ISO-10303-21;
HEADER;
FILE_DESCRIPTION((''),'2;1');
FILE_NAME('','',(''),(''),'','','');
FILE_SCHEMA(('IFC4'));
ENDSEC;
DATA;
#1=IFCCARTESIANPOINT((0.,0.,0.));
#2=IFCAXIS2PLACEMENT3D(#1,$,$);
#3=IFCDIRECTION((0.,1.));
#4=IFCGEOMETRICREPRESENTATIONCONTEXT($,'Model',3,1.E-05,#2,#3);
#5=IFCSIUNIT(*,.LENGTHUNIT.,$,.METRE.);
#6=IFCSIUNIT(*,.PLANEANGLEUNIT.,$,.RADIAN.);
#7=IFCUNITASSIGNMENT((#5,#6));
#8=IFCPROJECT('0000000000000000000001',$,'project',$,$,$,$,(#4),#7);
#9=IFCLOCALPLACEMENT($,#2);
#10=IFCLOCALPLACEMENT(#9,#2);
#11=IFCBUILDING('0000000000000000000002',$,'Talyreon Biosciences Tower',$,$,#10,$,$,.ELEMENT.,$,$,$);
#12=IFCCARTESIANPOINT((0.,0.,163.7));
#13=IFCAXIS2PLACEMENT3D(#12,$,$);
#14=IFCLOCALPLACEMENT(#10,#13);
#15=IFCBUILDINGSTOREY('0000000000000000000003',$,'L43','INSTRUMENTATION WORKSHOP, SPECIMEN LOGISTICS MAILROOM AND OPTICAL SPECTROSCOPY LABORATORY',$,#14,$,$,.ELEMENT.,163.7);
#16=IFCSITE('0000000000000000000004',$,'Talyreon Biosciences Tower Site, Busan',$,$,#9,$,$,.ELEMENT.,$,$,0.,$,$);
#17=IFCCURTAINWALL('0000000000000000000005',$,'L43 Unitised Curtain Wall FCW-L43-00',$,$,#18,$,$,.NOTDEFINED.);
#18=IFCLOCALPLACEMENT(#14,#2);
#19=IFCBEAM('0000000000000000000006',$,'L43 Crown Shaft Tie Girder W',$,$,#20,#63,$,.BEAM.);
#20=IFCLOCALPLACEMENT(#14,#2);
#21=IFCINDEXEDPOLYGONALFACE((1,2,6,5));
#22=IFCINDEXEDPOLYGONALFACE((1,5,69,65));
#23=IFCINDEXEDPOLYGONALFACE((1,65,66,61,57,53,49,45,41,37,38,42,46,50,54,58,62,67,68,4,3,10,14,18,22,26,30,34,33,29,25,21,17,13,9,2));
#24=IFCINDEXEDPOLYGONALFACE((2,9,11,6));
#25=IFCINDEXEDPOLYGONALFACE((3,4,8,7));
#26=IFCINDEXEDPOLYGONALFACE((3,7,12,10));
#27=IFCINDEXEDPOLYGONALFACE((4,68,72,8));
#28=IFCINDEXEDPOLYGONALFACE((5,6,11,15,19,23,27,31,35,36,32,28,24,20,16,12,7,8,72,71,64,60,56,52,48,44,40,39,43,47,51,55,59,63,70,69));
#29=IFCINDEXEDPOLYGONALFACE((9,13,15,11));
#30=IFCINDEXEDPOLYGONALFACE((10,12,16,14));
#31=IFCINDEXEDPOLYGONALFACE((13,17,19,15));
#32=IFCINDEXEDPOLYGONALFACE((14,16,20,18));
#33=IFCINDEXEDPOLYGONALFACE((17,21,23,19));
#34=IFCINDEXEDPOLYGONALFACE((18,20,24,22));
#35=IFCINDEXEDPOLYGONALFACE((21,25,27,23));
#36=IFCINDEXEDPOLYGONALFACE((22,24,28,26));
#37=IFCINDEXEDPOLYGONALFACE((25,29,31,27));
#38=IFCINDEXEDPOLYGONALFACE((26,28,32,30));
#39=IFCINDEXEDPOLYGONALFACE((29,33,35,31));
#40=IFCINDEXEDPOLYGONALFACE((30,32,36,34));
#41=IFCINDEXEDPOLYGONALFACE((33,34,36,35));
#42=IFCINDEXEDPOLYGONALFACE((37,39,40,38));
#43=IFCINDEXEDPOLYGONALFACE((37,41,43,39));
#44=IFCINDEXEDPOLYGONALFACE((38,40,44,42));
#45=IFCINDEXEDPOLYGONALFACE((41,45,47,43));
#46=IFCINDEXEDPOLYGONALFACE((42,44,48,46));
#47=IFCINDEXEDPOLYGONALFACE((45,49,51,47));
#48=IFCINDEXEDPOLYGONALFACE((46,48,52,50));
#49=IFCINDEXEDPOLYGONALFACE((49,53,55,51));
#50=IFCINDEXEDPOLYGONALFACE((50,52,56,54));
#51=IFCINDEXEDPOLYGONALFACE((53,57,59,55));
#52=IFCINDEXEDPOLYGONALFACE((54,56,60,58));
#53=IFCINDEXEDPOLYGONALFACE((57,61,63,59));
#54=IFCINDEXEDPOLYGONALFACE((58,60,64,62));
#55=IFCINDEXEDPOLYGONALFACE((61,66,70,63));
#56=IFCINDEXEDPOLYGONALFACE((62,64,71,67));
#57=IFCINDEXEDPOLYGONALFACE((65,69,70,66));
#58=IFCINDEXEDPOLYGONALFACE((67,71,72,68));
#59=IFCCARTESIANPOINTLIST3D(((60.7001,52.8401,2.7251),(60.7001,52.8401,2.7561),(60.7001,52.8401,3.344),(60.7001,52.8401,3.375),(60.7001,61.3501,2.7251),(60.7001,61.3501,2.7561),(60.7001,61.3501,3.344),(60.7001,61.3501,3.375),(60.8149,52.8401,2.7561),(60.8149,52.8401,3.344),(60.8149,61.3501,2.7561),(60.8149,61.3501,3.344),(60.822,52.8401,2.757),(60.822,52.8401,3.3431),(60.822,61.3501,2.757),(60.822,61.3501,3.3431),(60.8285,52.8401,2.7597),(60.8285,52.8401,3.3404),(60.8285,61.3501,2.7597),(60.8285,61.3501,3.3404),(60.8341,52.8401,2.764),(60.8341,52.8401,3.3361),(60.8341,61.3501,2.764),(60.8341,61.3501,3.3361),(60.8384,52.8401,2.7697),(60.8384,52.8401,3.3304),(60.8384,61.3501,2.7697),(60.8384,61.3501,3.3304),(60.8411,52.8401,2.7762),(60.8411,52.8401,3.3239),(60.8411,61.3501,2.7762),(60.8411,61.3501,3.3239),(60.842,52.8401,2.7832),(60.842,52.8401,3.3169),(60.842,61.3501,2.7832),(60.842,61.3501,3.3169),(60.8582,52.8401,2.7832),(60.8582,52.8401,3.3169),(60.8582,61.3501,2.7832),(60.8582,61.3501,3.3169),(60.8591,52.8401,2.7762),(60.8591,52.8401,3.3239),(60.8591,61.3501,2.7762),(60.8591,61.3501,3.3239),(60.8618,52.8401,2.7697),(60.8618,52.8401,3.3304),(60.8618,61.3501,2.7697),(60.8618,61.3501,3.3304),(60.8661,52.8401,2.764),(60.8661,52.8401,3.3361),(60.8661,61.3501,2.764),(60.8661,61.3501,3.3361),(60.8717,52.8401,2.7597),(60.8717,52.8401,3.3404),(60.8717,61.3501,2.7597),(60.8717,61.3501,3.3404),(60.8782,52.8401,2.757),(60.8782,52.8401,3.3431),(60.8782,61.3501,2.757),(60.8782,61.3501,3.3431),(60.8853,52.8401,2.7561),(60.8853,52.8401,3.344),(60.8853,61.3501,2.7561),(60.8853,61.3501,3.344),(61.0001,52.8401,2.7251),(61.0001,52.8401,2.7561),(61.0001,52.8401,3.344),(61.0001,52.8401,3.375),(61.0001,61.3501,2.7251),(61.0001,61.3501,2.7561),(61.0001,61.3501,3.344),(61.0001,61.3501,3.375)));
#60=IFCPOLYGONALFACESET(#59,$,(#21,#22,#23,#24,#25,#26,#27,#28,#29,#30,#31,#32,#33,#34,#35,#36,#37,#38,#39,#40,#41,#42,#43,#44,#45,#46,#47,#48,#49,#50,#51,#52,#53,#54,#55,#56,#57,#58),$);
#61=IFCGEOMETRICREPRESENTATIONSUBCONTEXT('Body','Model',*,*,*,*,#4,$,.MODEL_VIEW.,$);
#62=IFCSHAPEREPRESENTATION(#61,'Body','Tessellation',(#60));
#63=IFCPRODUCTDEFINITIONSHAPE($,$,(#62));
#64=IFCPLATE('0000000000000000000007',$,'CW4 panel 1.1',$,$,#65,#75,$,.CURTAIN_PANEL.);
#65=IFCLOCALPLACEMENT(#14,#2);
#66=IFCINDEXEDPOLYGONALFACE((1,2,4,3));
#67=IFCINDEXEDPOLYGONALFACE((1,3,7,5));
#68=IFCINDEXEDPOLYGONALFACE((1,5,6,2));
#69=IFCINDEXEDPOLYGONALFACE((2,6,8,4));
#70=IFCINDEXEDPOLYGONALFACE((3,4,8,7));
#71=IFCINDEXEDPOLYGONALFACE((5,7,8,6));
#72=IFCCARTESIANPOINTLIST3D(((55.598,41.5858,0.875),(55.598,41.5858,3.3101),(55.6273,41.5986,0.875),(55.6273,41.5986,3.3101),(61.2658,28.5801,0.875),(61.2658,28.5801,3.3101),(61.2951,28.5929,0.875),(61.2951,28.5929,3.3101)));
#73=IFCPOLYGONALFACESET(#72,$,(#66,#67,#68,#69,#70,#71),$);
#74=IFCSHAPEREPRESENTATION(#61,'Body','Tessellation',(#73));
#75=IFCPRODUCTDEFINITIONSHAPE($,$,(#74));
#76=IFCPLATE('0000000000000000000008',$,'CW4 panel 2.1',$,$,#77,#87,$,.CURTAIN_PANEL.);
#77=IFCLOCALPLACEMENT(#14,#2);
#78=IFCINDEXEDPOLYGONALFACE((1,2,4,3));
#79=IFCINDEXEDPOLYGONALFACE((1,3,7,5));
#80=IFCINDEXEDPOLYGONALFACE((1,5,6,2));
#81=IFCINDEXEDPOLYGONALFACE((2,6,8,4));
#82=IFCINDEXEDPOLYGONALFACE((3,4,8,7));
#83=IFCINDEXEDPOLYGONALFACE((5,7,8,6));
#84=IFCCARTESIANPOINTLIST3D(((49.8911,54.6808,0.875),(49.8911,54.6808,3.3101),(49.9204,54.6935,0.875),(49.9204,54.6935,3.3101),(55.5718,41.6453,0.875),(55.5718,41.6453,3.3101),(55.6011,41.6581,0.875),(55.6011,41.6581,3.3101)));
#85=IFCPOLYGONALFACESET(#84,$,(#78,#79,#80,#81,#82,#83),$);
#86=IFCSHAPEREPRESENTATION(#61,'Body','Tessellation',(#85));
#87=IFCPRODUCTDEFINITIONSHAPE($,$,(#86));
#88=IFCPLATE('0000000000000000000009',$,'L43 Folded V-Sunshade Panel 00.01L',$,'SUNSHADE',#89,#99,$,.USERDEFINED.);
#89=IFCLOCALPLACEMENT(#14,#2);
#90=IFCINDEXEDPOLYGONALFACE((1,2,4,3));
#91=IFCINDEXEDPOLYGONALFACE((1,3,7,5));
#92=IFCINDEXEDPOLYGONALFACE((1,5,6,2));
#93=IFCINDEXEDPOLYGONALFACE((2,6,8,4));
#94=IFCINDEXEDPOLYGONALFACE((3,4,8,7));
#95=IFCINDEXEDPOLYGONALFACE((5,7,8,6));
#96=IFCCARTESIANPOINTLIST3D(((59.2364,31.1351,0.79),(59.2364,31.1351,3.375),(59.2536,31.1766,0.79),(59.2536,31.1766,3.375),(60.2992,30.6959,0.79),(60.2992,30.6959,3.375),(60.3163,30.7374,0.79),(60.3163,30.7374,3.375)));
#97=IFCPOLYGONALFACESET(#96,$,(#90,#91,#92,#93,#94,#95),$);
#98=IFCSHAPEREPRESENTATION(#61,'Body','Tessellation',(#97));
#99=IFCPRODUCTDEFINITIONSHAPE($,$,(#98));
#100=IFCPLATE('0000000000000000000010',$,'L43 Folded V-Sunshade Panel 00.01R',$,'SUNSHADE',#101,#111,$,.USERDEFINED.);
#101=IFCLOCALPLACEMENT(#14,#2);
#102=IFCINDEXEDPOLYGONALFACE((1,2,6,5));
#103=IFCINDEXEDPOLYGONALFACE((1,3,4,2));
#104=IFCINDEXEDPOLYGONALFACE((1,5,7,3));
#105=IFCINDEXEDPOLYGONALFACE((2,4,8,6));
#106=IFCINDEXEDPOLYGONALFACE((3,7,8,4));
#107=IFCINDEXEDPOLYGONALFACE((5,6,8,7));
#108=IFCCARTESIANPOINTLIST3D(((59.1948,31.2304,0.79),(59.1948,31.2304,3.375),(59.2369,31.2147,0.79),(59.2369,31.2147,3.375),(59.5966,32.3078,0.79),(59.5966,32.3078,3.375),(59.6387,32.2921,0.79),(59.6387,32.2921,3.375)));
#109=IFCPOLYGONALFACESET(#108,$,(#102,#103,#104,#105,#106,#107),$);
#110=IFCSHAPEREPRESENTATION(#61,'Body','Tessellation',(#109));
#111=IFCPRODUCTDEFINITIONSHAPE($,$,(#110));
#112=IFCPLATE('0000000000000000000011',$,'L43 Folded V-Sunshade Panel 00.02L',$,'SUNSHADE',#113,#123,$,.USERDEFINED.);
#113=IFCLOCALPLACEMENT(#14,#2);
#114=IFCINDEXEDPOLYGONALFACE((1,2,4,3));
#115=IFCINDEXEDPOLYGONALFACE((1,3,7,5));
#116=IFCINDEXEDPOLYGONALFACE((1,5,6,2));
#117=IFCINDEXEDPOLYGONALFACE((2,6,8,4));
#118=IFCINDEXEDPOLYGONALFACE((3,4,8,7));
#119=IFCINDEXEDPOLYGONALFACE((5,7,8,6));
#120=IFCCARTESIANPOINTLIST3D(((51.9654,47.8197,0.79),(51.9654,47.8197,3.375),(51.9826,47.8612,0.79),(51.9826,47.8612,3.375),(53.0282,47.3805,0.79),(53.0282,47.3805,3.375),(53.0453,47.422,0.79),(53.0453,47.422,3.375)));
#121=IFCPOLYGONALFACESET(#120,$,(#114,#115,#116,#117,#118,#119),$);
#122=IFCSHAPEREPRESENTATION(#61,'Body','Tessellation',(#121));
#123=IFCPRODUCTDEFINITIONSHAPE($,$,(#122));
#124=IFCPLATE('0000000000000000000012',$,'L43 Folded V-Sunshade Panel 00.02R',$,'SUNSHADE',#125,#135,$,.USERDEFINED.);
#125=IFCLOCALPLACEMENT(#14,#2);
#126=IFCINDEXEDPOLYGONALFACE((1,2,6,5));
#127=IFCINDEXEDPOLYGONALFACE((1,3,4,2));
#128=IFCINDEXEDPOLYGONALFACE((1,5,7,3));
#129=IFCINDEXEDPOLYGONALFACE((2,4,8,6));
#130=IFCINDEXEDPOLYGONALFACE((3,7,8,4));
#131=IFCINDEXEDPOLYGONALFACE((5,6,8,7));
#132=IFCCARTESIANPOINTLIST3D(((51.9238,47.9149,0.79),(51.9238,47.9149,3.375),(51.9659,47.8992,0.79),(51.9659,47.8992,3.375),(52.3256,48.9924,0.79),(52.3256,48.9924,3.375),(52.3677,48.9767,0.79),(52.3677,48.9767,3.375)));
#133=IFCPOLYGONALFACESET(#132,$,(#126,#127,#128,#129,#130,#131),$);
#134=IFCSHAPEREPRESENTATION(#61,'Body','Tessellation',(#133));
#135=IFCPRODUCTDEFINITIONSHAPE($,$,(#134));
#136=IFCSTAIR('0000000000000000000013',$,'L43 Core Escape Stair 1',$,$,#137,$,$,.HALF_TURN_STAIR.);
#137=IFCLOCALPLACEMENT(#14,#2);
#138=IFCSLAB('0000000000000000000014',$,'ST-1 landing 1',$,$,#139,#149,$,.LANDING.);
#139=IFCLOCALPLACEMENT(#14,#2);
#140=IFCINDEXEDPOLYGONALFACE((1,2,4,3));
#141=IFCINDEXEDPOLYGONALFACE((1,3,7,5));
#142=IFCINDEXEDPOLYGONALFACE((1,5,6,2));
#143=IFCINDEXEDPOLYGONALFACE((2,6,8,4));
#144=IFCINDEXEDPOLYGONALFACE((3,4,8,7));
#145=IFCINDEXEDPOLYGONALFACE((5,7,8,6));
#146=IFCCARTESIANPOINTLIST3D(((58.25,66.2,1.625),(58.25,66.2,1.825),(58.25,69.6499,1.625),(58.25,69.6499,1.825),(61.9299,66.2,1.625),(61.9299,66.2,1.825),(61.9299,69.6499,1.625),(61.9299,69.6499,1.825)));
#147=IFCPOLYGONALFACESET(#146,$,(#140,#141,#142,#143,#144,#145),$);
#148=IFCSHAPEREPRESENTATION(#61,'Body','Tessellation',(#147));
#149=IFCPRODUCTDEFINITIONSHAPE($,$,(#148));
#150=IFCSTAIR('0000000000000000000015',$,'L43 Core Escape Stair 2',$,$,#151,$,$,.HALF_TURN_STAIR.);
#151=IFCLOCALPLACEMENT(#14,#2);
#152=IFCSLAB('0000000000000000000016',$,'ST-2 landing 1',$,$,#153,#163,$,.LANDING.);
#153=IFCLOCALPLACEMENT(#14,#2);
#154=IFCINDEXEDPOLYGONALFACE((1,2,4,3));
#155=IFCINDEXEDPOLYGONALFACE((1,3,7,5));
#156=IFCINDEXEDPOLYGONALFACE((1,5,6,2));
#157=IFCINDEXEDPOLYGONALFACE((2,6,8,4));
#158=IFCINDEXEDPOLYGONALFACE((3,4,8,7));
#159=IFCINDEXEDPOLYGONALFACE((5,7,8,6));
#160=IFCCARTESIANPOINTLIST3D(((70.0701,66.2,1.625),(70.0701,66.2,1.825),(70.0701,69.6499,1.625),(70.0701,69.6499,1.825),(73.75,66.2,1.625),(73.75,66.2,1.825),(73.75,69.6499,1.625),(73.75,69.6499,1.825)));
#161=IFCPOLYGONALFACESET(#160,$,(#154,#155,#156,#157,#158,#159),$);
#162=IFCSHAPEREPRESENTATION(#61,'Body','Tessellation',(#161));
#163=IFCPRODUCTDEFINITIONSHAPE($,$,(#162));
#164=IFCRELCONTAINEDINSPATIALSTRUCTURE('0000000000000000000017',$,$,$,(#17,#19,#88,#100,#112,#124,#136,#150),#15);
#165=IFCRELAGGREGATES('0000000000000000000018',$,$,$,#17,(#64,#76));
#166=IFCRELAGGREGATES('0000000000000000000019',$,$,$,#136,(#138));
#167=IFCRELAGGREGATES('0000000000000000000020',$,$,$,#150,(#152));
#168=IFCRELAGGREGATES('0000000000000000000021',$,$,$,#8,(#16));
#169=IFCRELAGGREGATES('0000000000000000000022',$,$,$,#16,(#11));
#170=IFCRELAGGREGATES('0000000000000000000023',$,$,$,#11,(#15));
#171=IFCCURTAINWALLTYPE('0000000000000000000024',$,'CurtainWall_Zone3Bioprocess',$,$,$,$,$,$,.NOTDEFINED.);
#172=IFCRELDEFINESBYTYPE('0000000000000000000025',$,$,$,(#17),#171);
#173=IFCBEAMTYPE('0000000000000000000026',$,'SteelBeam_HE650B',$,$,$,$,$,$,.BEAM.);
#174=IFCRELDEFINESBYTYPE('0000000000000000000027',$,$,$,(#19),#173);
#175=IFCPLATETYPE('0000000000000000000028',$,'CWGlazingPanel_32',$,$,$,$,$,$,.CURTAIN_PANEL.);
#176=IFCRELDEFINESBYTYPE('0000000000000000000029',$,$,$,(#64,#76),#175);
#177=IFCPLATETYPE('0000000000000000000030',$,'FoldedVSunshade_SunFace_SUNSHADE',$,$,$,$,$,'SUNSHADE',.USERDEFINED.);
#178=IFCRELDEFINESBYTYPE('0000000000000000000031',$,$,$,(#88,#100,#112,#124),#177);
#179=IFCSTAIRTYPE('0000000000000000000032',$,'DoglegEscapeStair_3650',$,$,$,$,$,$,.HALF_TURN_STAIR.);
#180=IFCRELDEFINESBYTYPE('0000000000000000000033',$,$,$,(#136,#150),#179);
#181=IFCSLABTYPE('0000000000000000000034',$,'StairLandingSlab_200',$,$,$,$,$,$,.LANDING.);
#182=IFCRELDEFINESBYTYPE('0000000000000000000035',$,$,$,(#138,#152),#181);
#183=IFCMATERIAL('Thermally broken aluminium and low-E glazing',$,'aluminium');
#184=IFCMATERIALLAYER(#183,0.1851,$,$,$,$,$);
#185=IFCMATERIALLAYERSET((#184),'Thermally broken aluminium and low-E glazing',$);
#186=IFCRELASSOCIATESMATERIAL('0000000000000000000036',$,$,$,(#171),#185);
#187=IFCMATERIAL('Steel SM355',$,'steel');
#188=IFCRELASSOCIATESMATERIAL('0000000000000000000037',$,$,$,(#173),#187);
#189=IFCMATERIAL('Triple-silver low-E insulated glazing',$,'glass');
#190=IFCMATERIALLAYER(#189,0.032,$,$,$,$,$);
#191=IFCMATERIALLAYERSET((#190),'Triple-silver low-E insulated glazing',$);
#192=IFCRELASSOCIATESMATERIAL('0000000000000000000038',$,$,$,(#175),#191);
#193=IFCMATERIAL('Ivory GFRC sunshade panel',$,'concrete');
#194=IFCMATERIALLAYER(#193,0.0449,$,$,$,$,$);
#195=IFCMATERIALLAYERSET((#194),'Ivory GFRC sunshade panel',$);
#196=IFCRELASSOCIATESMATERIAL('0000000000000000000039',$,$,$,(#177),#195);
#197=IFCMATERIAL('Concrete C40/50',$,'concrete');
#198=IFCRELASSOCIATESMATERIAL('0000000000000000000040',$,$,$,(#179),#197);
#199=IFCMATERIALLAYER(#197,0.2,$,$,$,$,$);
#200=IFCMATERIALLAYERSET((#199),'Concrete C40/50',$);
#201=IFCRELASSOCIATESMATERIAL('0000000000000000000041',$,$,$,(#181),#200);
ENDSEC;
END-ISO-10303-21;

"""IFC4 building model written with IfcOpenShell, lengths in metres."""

from ifc_helpers import new_model, si_unit, direction, frame, origin, origin_2d, place, context, subcontext, project, spatial, polyline, rectangle, i_section, outline, extrude, material, layer, layer_set, material_profile, profile_set, type_object, element, aggregate, save


model = new_model("IFC4")

# Units and contexts
model_context = context("Model", 3, precision=1e-05, world=origin(), true_north=direction((0.0, 1.0)))
body_context = subcontext(model_context, "Body", "Model", "MODEL_VIEW")
ifc_project = project(units=[si_unit("LENGTHUNIT", "METRE"), si_unit("PLANEANGLEUNIT", "RADIAN")], contexts=[model_context])

# Site, building, storey
site_placement = place(None, origin())
site = spatial("IfcSite", under=ifc_project, at=site_placement, Name="Talyreon Biosciences Tower Site, Busan", CompositionType="ELEMENT", RefElevation=0.0)
building_placement = place(site_placement, origin())
building = spatial("IfcBuilding", under=site, at=building_placement, Name="Talyreon Biosciences Tower", CompositionType="ELEMENT")
storey_placement = place(building_placement, frame((0.0, 0.0, 163.7)))
storey = spatial("IfcBuildingStorey", under=building, at=storey_placement, Name="L43", Description="INSTRUMENTATION WORKSHOP, SPECIMEN LOGISTICS MAILROOM AND OPTICAL SPECTROSCOPY LABORATORY", CompositionType="ELEMENT", Elevation=163.7)

# Curtain wall
ifc_material_1 = material(Name="Thermally broken aluminium and low-E glazing", Category="aluminium")
ifc_layer_1 = layer(ifc_material_1, 0.1851)
ifc_layer_set_1 = layer_set([ifc_layer_1], Name="Thermally broken aluminium and low-E glazing")
curtain_wall_type = type_object("IfcCurtainWallType", Name="CurtainWall_Zone3Bioprocess", PredefinedType="NOTDEFINED", material=ifc_layer_set_1)
curtain_wall_placement = place(storey_placement, origin())
curtain_wall = element("IfcCurtainWall", 1, at=curtain_wall_placement, inside=storey, type_object=curtain_wall_type, Name="L43 Unitised Curtain Wall FCW-L43-00", PredefinedType="NOTDEFINED")

# Beam
ifc_material_2 = material(Name="Steel SM355", Category="steel")
ifc_material_profile_1 = material_profile(ifc_material_2, i_section(OverallWidth=0.3, OverallDepth=0.6499, WebThickness=0.0161, FlangeThickness=0.031, FilletRadius=0.0271, at=origin_2d()), Name="HE650B")
ifc_profile_set_1 = profile_set([ifc_material_profile_1], Name="Steel SM355")
beam_type_1 = type_object("IfcBeamType", Name="SteelBeam_HE650B", PredefinedType="BEAM", material=ifc_profile_set_1)
beam_1_placement = place(storey_placement, frame((60.8501, 52.8401, 3.05), z_axis=(0.0, 1.0, 0.0), x_axis=(-1.0, 0.0, 0.0)))
element("IfcBeam", 2, at=beam_1_placement, inside=storey, type_object=beam_type_1, Name="L43 Crown Shaft Tie Girder W", PredefinedType="BEAM", context=body_context, shape_type="SweptSolid", body=[
    extrude(i_section(OverallWidth=0.3, OverallDepth=0.6499, WebThickness=0.0161, FlangeThickness=0.031, FilletRadius=0.0271, at=origin_2d()), origin(), (0.0, 0.0, 1.0), 8.51),
])

# Plates
ifc_material_3 = material(Name="Triple-silver low-E insulated glazing", Category="glass")
ifc_layer_2 = layer(ifc_material_3, 0.032)
ifc_layer_set_2 = layer_set([ifc_layer_2], Name="Triple-silver low-E insulated glazing")
plate_type_1 = type_object("IfcPlateType", Name="CWGlazingPanel_32", PredefinedType="CURTAIN_PANEL", material=ifc_layer_set_2)
plate_1_placement = place(storey_placement, frame((58.4465, 35.0894, 0.875), z_axis=(0.0, 0.0, 1.0), x_axis=(-0.399505, 0.916731, 0.0)))
plate_1 = element("IfcPlate", 3, at=plate_1_placement, type_object=plate_type_1, Name="CW4 panel 1.1", PredefinedType="CURTAIN_PANEL", context=body_context, shape_type="SweptSolid", body=[
    extrude(rectangle(XDim=14.187, YDim=0.032, at=origin_2d()), origin(), (0.0, 0.0, 1.0), 2.4351),
])
plate_2_placement = place(storey_placement, frame((52.7461, 48.1694, 0.875), z_axis=(0.0, 0.0, 1.0), x_axis=(-0.399505, 0.916731, 0.0)))
plate_2 = element("IfcPlate", 4, at=plate_2_placement, type_object=plate_type_1, Name="CW4 panel 2.1", PredefinedType="CURTAIN_PANEL", context=body_context, shape_type="SweptSolid", body=[
    extrude(rectangle(XDim=14.2195, YDim=0.032, at=origin_2d()), origin(), (0.0, 0.0, 1.0), 2.4351),
])
aggregate(curtain_wall, [plate_1, plate_2])

# Plates
ifc_material_4 = material(Name="Ivory GFRC sunshade panel", Category="concrete")
ifc_layer_3 = layer(ifc_material_4, 0.0449)
ifc_layer_set_3 = layer_set([ifc_layer_3], Name="Ivory GFRC sunshade panel")
plate_type_2 = type_object("IfcPlateType", Name="FoldedVSunshade_SunFace_SUNSHADE", ElementType="SUNSHADE", PredefinedType="USERDEFINED", material=ifc_layer_set_3)
for number, where, z_axis, x_axis, name in (
    (5, (59.7764, 30.9363, 0.79), (0.0, 0.0, 1.0), (-0.924193, 0.381925, 0.0), "L43 Folded V-Sunshade Panel 00.01L"),
    (6, (59.4167, 31.7612, 0.79), (0.0, 0.0, 1.0), (0.349439, 0.936959, 0.0), "L43 Folded V-Sunshade Panel 00.01R"),
    (7, (52.5054, 47.6208, 0.79), (0.0, 0.0, 1.0), (-0.924193, 0.381925, 0.0), "L43 Folded V-Sunshade Panel 00.02L"),
    (8, (52.1458, 48.4458, 0.79), (0.0, 0.0, 1.0), (0.349439, 0.936959, 0.0), "L43 Folded V-Sunshade Panel 00.02R"),
):
    element("IfcPlate", number, at=place(storey_placement, frame(where, z_axis=z_axis, x_axis=x_axis)), inside=storey, type_object=plate_type_2, Name=name, ObjectType="SUNSHADE", PredefinedType="USERDEFINED", context=body_context, shape_type="SweptSolid", body=[
        extrude(rectangle(XDim=1.1499, YDim=0.0449, at=origin_2d()), origin(), (0.0, 0.0, 1.0), 2.585),
    ])

# Stairs, slabs
ifc_material_5 = material(Name="Concrete C40/50", Category="concrete")
stair_type = type_object("IfcStairType", Name="DoglegEscapeStair_3650", PredefinedType="HALF_TURN_STAIR", material=ifc_material_5)
stair_1_placement = place(storey_placement, origin())
stair_1 = element("IfcStair", 9, at=stair_1_placement, inside=storey, type_object=stair_type, Name="L43 Core Escape Stair 1", PredefinedType="HALF_TURN_STAIR")
ifc_layer_4 = layer(ifc_material_5, 0.2)
ifc_layer_set_4 = layer_set([ifc_layer_4], Name="Concrete C40/50")
slab_type_1 = type_object("IfcSlabType", Name="StairLandingSlab_200", PredefinedType="LANDING", material=ifc_layer_set_4)
slab_1_placement = place(storey_placement, frame((0.0, 0.0, 1.625)))
slab_1 = element("IfcSlab", 10, at=slab_1_placement, type_object=slab_type_1, Name="ST-1 landing 1", PredefinedType="LANDING", context=body_context, shape_type="SweptSolid", body=[
    extrude(outline(polyline([(61.9299, 66.2), (61.9299, 69.6499), (58.25, 69.6499), (58.25, 66.2), (61.9299, 66.2)])), origin(), (0.0, 0.0, 1.0), 0.2),
])
aggregate(stair_1, [slab_1])
stair_2_placement = place(storey_placement, origin())
stair_2 = element("IfcStair", 11, at=stair_2_placement, inside=storey, type_object=stair_type, Name="L43 Core Escape Stair 2", PredefinedType="HALF_TURN_STAIR")
slab_2_placement = place(storey_placement, frame((0.0, 0.0, 1.625)))
slab_2 = element("IfcSlab", 12, at=slab_2_placement, type_object=slab_type_1, Name="ST-2 landing 1", PredefinedType="LANDING", context=body_context, shape_type="SweptSolid", body=[
    extrude(outline(polyline([(73.75, 66.2), (73.75, 69.6499), (70.0701, 69.6499), (70.0701, 66.2), (73.75, 66.2)])), origin(), (0.0, 0.0, 1.0), 0.2),
])
aggregate(stair_2, [slab_2])

save(model, "model.ifc")
